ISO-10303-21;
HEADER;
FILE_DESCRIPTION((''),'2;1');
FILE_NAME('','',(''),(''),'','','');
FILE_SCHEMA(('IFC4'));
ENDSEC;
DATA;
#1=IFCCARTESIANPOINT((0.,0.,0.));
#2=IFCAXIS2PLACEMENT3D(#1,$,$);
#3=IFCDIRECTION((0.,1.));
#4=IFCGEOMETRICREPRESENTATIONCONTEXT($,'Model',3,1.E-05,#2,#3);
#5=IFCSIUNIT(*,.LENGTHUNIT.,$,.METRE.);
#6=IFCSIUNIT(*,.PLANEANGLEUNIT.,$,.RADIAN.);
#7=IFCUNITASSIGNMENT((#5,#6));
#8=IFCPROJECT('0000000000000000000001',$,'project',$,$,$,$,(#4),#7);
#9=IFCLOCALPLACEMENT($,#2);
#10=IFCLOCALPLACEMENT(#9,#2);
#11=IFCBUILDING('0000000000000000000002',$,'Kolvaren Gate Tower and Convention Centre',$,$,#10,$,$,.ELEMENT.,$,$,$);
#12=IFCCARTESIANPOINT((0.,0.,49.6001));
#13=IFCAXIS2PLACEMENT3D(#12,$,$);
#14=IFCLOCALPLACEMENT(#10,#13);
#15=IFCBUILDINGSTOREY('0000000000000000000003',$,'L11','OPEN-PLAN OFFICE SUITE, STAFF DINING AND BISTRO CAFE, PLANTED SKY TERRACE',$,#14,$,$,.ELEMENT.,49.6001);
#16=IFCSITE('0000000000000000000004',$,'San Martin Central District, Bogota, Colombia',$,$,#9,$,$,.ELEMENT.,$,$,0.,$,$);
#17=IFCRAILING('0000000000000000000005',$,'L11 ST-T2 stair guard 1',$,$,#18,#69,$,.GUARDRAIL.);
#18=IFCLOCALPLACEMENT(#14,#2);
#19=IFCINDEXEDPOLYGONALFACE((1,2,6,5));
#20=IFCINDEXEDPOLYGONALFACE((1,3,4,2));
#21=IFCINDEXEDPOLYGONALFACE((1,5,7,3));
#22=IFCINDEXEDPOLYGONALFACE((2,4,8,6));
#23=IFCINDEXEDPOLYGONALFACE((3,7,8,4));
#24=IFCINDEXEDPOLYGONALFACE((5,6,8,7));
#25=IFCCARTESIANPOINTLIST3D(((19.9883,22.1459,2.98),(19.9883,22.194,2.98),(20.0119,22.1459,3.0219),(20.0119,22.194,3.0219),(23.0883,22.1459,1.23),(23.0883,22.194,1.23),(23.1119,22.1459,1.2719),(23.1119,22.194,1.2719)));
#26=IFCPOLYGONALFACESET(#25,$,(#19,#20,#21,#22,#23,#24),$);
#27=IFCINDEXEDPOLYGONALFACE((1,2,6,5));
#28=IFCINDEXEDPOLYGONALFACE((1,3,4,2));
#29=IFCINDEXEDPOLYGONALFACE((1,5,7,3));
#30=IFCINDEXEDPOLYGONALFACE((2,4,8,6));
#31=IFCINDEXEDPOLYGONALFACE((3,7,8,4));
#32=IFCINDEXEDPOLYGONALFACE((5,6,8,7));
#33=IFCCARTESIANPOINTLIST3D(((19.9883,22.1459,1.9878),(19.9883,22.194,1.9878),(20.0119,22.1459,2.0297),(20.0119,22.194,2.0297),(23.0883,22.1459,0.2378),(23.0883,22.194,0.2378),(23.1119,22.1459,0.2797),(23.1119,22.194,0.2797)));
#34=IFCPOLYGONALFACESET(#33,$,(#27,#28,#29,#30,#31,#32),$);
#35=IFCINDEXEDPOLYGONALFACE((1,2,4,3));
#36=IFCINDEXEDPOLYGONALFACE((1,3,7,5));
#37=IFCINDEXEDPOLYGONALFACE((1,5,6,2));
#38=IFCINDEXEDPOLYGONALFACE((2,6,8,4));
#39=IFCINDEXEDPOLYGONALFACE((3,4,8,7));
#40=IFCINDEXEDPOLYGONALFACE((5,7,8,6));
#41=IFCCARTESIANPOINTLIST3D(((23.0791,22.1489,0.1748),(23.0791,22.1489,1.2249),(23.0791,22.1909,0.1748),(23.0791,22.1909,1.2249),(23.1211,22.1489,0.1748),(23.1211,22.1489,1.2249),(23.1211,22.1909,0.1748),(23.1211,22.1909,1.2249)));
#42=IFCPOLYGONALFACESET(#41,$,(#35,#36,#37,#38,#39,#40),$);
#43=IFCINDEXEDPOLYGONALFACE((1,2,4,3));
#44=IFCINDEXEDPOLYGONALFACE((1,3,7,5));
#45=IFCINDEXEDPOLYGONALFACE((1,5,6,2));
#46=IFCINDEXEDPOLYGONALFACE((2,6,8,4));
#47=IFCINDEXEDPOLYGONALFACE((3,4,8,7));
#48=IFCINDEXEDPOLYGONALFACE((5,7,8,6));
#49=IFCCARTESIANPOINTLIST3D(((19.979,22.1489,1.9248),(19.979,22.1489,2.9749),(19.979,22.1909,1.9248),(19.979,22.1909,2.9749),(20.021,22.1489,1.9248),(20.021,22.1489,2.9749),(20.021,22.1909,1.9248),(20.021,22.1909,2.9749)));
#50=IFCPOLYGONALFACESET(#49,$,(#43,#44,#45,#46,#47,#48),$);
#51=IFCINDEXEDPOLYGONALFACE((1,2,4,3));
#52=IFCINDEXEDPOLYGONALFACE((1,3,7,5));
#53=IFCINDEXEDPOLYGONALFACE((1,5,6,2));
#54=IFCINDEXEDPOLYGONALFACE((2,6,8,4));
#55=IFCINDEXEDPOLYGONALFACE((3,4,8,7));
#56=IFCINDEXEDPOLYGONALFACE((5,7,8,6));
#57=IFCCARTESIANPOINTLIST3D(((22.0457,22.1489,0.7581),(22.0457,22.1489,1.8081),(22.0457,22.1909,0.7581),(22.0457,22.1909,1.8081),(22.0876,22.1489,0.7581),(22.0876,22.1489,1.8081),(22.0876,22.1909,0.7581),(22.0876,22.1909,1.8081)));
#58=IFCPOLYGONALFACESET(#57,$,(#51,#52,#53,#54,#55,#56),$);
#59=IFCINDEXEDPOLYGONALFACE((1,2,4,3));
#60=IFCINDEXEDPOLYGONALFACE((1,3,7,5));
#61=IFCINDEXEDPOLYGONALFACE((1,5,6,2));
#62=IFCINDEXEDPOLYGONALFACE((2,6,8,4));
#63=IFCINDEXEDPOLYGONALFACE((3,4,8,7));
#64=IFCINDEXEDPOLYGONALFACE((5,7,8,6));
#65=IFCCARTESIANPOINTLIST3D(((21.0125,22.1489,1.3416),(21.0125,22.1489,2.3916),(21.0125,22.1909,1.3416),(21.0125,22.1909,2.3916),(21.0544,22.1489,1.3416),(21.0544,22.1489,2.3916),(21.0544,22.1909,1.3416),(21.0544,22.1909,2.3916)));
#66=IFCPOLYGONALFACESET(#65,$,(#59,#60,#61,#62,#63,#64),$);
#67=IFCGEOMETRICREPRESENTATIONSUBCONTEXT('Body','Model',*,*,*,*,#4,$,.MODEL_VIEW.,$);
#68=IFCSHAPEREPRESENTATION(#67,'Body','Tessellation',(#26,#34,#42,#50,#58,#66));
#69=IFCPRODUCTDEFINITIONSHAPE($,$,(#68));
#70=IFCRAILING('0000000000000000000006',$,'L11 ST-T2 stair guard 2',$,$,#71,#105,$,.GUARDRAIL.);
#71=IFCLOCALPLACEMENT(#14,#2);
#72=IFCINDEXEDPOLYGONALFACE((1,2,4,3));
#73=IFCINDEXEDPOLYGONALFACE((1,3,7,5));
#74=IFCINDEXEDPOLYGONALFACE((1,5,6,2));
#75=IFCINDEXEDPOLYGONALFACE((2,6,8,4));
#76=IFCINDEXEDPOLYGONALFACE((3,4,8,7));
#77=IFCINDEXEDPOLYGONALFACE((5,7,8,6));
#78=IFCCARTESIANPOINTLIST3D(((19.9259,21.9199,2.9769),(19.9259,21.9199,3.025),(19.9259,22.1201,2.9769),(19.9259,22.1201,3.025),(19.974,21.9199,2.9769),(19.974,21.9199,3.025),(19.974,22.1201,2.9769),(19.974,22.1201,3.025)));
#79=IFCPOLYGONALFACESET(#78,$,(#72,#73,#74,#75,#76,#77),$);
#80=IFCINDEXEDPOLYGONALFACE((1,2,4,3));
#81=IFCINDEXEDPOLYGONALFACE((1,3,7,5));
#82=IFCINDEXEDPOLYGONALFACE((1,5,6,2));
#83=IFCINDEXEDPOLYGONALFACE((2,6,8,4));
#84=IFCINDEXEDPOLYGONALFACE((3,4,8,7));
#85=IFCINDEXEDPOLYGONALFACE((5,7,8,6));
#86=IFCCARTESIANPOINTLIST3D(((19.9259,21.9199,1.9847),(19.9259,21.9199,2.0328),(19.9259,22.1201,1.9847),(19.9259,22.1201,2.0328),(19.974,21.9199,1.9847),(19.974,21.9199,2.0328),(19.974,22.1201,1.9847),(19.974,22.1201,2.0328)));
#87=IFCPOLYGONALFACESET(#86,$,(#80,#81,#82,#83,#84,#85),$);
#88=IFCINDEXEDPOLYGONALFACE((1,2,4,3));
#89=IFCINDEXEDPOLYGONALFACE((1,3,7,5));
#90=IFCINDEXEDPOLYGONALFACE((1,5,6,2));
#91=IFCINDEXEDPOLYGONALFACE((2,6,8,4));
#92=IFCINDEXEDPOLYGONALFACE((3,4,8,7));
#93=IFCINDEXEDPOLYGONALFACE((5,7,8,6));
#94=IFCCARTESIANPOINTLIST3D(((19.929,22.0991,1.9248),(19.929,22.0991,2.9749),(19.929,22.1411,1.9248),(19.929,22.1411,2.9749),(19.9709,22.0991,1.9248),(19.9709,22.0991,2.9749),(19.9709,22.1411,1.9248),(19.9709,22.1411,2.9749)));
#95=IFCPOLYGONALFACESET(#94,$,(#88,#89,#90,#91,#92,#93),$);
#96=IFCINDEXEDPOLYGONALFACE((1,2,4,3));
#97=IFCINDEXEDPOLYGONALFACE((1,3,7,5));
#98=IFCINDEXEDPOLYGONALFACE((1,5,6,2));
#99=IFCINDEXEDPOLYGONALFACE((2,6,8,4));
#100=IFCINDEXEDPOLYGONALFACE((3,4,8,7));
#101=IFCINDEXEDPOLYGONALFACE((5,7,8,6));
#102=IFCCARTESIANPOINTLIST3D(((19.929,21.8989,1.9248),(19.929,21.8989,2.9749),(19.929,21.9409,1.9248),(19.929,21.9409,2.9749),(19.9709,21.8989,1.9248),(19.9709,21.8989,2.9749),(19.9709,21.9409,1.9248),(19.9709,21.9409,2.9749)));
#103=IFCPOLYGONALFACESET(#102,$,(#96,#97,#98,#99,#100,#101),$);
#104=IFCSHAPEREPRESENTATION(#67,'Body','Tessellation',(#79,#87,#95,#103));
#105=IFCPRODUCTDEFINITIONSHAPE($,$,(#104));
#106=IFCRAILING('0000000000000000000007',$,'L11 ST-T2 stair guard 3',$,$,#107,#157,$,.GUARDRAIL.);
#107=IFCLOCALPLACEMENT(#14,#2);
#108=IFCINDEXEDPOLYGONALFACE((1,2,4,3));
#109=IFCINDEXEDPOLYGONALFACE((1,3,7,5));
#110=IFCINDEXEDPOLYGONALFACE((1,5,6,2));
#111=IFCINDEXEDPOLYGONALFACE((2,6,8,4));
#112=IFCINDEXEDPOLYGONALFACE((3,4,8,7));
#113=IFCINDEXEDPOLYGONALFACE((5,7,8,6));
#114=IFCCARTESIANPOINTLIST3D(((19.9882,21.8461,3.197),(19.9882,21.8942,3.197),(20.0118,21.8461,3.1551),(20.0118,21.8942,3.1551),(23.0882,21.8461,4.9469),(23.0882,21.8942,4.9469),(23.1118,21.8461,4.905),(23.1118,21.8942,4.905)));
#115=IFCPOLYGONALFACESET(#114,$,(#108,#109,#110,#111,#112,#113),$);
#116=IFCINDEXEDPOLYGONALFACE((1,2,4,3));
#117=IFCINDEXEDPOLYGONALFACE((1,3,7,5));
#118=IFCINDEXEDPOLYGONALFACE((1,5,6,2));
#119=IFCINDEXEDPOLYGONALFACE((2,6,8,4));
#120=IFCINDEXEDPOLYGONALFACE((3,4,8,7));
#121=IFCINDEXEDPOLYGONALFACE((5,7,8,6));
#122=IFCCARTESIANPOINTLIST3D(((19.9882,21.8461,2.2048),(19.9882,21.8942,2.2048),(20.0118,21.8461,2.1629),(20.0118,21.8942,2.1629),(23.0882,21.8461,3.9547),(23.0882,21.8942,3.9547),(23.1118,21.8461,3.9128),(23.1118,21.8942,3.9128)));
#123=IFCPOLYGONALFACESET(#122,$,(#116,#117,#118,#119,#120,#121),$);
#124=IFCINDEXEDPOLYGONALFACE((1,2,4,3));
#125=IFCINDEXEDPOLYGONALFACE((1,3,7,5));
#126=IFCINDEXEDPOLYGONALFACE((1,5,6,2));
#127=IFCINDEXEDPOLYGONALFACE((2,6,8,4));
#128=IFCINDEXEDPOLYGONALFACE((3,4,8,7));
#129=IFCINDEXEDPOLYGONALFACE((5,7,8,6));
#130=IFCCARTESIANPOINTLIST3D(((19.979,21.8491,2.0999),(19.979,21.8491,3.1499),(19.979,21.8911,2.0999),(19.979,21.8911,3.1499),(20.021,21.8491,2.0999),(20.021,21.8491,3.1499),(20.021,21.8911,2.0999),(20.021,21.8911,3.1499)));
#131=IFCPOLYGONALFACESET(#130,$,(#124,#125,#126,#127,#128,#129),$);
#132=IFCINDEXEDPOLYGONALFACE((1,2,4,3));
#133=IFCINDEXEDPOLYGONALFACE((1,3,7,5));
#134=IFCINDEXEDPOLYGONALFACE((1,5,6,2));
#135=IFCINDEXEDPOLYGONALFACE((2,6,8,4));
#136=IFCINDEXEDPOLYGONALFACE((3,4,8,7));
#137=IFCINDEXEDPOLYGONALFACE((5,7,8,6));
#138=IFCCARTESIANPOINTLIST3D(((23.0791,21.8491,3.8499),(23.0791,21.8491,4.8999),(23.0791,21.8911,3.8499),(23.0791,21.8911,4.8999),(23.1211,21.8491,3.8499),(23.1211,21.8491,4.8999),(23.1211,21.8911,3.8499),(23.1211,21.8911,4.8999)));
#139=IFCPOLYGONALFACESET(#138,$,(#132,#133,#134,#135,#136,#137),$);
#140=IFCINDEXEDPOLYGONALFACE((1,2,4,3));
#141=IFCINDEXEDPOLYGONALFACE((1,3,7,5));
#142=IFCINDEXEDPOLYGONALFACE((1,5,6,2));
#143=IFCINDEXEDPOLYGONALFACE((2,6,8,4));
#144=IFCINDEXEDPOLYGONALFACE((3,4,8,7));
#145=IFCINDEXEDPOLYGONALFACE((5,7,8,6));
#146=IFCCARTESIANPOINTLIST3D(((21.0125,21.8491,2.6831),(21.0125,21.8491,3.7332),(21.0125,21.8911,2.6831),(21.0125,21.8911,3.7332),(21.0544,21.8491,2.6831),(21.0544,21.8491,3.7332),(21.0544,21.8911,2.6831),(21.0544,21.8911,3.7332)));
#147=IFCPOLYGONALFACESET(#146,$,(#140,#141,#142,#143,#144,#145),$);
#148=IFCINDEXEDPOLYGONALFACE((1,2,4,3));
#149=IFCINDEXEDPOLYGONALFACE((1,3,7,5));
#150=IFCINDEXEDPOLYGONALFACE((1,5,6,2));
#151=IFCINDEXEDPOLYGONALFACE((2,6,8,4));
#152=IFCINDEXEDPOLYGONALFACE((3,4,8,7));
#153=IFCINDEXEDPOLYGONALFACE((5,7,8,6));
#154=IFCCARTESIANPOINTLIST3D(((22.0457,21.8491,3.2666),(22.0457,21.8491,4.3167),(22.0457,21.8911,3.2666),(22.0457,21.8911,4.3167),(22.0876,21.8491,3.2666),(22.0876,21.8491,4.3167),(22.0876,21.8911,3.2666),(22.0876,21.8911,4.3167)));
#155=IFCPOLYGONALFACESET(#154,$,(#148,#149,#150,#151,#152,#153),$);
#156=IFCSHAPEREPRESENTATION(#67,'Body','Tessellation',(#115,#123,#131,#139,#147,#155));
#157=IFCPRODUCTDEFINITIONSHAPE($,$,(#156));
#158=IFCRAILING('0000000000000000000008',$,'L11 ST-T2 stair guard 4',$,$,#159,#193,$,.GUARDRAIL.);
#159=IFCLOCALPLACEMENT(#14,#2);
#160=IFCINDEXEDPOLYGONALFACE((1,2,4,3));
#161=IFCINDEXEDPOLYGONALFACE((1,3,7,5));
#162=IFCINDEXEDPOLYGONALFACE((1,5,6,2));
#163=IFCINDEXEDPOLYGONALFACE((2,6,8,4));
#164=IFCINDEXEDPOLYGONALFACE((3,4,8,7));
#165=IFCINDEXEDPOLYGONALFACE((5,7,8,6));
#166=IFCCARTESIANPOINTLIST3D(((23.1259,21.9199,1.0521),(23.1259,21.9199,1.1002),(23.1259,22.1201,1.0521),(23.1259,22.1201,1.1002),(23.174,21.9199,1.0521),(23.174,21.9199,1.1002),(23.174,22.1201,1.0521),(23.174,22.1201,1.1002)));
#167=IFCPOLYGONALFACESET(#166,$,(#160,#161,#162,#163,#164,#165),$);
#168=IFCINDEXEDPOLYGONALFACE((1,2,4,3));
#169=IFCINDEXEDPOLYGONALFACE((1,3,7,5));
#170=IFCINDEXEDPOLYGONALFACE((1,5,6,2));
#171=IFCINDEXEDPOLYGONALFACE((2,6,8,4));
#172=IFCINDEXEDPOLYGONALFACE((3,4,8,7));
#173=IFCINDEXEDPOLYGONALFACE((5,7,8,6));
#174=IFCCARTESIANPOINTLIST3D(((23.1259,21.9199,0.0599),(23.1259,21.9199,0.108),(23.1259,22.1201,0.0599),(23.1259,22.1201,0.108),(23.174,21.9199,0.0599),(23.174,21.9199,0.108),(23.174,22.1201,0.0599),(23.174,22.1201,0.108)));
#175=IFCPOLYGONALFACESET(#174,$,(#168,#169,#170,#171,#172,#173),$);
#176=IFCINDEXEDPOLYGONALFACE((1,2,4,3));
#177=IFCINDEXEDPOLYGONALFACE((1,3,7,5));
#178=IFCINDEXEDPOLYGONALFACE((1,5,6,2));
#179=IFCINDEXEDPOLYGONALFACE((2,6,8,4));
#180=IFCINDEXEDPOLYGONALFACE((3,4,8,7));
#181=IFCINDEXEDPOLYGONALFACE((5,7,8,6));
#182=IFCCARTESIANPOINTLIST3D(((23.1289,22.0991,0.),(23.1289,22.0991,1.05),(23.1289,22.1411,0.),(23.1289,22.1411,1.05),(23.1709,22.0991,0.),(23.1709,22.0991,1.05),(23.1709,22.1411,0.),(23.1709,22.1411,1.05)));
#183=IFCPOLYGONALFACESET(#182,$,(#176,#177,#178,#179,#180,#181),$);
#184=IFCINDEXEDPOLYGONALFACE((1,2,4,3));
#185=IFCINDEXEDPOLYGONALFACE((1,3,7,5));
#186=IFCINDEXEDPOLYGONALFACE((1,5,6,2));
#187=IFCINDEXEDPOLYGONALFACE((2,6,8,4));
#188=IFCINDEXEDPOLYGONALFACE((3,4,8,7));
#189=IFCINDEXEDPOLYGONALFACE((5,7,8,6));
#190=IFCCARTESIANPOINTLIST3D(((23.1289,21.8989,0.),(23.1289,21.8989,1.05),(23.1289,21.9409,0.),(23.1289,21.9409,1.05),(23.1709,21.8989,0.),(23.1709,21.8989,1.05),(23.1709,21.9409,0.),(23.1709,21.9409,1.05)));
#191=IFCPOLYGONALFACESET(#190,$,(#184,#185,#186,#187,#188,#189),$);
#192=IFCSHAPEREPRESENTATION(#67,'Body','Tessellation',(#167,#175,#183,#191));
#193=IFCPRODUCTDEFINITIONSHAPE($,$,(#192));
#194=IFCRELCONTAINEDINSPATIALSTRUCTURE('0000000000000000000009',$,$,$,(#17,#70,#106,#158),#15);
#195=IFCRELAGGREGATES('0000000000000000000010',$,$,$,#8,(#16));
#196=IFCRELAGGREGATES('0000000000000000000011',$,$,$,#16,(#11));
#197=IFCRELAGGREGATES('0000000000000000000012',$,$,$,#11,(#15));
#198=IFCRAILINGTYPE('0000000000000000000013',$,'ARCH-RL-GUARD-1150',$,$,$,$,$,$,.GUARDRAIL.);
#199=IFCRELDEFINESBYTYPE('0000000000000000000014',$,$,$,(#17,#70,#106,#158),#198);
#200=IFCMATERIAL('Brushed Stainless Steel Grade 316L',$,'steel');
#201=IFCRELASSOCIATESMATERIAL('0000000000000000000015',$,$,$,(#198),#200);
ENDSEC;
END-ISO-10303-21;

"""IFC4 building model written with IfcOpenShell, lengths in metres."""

from ifc_helpers import new_model, si_unit, direction, frame, origin, origin_2d, place, context, subcontext, project, spatial, rectangle, extrude, material, type_object, element, save


model = new_model("IFC4")

# Units and contexts
model_context = context("Model", 3, precision=1e-05, world=origin(), true_north=direction((0.0, 1.0)))
body_context = subcontext(model_context, "Body", "Model", "MODEL_VIEW")
ifc_project = project(units=[si_unit("LENGTHUNIT", "METRE"), si_unit("PLANEANGLEUNIT", "RADIAN")], contexts=[model_context])

# Site, building, storey
site_placement = place(None, origin())
site = spatial("IfcSite", under=ifc_project, at=site_placement, Name="San Martin Central District, Bogota, Colombia", CompositionType="ELEMENT", RefElevation=0.0)
building_placement = place(site_placement, origin())
building = spatial("IfcBuilding", under=site, at=building_placement, Name="Kolvaren Gate Tower and Convention Centre", CompositionType="ELEMENT")
storey_placement = place(building_placement, frame((0.0, 0.0, 49.6001)))
storey = spatial("IfcBuildingStorey", under=building, at=storey_placement, Name="L11", Description="OPEN-PLAN OFFICE SUITE, STAFF DINING AND BISTRO CAFE, PLANTED SKY TERRACE", CompositionType="ELEMENT", Elevation=49.6001)

# Shared definitions
ifc_material_1 = material(Name="Brushed Stainless Steel Grade 316L", Category="steel")

# Railings
railing_type_1 = type_object("IfcRailingType", Name="ARCH-RL-GUARD-1150", PredefinedType="GUARDRAIL", material=ifc_material_1)
railing_1_placement = place(storey_placement, frame((23.1001, 22.1699, 0.1748)))
element("IfcRailing", 1, at=railing_1_placement, inside=storey, type_object=railing_type_1, Name="L11 ST-T2 stair guard 1", PredefinedType="GUARDRAIL", context=body_context, shape_type="SweptSolid", body=[
    extrude(rectangle(XDim=0.0481, YDim=0.0481, at=origin_2d()), frame((0.0, 0.0, 1.0762), z_axis=(-0.870831, 0.0, 0.491583), x_axis=(0.0, -1.0, 0.0)), (0.0, 0.0, 1.0), 3.5598),
    extrude(rectangle(XDim=0.0481, YDim=0.0481, at=origin_2d()), frame((0.0, 0.0, 0.084), z_axis=(-0.870831, 0.0, 0.491583), x_axis=(0.0, -1.0, 0.0)), (0.0, 0.0, 1.0), 3.5598),
    extrude(rectangle(XDim=0.042, YDim=0.042, at=origin_2d()), origin(), (0.0, 0.0, 1.0), 1.05),
    extrude(rectangle(XDim=0.042, YDim=0.042, at=origin_2d()), frame((-3.1001, 0.0, 1.75)), (0.0, 0.0, 1.0), 1.05),
    extrude(rectangle(XDim=0.042, YDim=0.042, at=origin_2d()), frame((-1.0334, 0.0, 0.5833)), (0.0, 0.0, 1.0), 1.05),
    extrude(rectangle(XDim=0.042, YDim=0.042, at=origin_2d()), frame((-2.0667, 0.0, 1.1667)), (0.0, 0.0, 1.0), 1.05),
])
railing_2_placement = place(storey_placement, frame((19.95, 22.1201, 1.9248)))
element("IfcRailing", 2, at=railing_2_placement, inside=storey, type_object=railing_type_1, Name="L11 ST-T2 stair guard 2", PredefinedType="GUARDRAIL", context=body_context, shape_type="SweptSolid", body=[
    extrude(rectangle(XDim=0.0481, YDim=0.0481, at=origin_2d()), frame((0.0, 0.0, 1.0762), z_axis=(0.0, -1.0, 0.0), x_axis=(1.0, 0.0, 0.0)), (0.0, 0.0, 1.0), 0.2002),
    extrude(rectangle(XDim=0.0481, YDim=0.0481, at=origin_2d()), frame((0.0, 0.0, 0.084), z_axis=(0.0, -1.0, 0.0), x_axis=(1.0, 0.0, 0.0)), (0.0, 0.0, 1.0), 0.2002),
    extrude(rectangle(XDim=0.042, YDim=0.042, at=origin_2d()), origin(), (0.0, 0.0, 1.0), 1.05),
    extrude(rectangle(XDim=0.042, YDim=0.042, at=origin_2d()), frame((0.0, -0.2002, 0.0)), (0.0, 0.0, 1.0), 1.05),
])
railing_3_placement = place(storey_placement, frame((20.0, 21.8701, 2.0999)))
element("IfcRailing", 3, at=railing_3_placement, inside=storey, type_object=railing_type_1, Name="L11 ST-T2 stair guard 3", PredefinedType="GUARDRAIL", context=body_context, shape_type="SweptSolid", body=[
    extrude(rectangle(XDim=0.0481, YDim=0.0481, at=origin_2d()), frame((0.0, 0.0, 1.0762), z_axis=(0.870831, 0.0, 0.491583), x_axis=(0.0, 1.0, 0.0)), (0.0, 0.0, 1.0), 3.5598),
    extrude(rectangle(XDim=0.0481, YDim=0.0481, at=origin_2d()), frame((0.0, 0.0, 0.084), z_axis=(0.870831, 0.0, 0.491583), x_axis=(0.0, 1.0, 0.0)), (0.0, 0.0, 1.0), 3.5598),
    extrude(rectangle(XDim=0.042, YDim=0.042, at=origin_2d()), origin(), (0.0, 0.0, 1.0), 1.05),
    extrude(rectangle(XDim=0.042, YDim=0.042, at=origin_2d()), frame((3.1001, 0.0, 1.75)), (0.0, 0.0, 1.0), 1.05),
    extrude(rectangle(XDim=0.042, YDim=0.042, at=origin_2d()), frame((1.0334, 0.0, 0.5833)), (0.0, 0.0, 1.0), 1.05),
    extrude(rectangle(XDim=0.042, YDim=0.042, at=origin_2d()), frame((2.0667, 0.0, 1.1667)), (0.0, 0.0, 1.0), 1.05),
])
railing_4_placement = place(storey_placement, frame((23.1499, 22.1201, 0.0)))
element("IfcRailing", 4, at=railing_4_placement, inside=storey, type_object=railing_type_1, Name="L11 ST-T2 stair guard 4", PredefinedType="GUARDRAIL", context=body_context, shape_type="SweptSolid", body=[
    extrude(rectangle(XDim=0.0481, YDim=0.0481, at=origin_2d()), frame((0.0, 0.0, 1.0762), z_axis=(0.0, -1.0, 0.0), x_axis=(1.0, 0.0, 0.0)), (0.0, 0.0, 1.0), 0.2002),
    extrude(rectangle(XDim=0.0481, YDim=0.0481, at=origin_2d()), frame((0.0, 0.0, 0.084), z_axis=(0.0, -1.0, 0.0), x_axis=(1.0, 0.0, 0.0)), (0.0, 0.0, 1.0), 0.2002),
    extrude(rectangle(XDim=0.042, YDim=0.042, at=origin_2d()), origin(), (0.0, 0.0, 1.0), 1.05),
    extrude(rectangle(XDim=0.042, YDim=0.042, at=origin_2d()), frame((0.0, -0.2002, 0.0)), (0.0, 0.0, 1.0), 1.05),
])

save(model, "model.ifc")
